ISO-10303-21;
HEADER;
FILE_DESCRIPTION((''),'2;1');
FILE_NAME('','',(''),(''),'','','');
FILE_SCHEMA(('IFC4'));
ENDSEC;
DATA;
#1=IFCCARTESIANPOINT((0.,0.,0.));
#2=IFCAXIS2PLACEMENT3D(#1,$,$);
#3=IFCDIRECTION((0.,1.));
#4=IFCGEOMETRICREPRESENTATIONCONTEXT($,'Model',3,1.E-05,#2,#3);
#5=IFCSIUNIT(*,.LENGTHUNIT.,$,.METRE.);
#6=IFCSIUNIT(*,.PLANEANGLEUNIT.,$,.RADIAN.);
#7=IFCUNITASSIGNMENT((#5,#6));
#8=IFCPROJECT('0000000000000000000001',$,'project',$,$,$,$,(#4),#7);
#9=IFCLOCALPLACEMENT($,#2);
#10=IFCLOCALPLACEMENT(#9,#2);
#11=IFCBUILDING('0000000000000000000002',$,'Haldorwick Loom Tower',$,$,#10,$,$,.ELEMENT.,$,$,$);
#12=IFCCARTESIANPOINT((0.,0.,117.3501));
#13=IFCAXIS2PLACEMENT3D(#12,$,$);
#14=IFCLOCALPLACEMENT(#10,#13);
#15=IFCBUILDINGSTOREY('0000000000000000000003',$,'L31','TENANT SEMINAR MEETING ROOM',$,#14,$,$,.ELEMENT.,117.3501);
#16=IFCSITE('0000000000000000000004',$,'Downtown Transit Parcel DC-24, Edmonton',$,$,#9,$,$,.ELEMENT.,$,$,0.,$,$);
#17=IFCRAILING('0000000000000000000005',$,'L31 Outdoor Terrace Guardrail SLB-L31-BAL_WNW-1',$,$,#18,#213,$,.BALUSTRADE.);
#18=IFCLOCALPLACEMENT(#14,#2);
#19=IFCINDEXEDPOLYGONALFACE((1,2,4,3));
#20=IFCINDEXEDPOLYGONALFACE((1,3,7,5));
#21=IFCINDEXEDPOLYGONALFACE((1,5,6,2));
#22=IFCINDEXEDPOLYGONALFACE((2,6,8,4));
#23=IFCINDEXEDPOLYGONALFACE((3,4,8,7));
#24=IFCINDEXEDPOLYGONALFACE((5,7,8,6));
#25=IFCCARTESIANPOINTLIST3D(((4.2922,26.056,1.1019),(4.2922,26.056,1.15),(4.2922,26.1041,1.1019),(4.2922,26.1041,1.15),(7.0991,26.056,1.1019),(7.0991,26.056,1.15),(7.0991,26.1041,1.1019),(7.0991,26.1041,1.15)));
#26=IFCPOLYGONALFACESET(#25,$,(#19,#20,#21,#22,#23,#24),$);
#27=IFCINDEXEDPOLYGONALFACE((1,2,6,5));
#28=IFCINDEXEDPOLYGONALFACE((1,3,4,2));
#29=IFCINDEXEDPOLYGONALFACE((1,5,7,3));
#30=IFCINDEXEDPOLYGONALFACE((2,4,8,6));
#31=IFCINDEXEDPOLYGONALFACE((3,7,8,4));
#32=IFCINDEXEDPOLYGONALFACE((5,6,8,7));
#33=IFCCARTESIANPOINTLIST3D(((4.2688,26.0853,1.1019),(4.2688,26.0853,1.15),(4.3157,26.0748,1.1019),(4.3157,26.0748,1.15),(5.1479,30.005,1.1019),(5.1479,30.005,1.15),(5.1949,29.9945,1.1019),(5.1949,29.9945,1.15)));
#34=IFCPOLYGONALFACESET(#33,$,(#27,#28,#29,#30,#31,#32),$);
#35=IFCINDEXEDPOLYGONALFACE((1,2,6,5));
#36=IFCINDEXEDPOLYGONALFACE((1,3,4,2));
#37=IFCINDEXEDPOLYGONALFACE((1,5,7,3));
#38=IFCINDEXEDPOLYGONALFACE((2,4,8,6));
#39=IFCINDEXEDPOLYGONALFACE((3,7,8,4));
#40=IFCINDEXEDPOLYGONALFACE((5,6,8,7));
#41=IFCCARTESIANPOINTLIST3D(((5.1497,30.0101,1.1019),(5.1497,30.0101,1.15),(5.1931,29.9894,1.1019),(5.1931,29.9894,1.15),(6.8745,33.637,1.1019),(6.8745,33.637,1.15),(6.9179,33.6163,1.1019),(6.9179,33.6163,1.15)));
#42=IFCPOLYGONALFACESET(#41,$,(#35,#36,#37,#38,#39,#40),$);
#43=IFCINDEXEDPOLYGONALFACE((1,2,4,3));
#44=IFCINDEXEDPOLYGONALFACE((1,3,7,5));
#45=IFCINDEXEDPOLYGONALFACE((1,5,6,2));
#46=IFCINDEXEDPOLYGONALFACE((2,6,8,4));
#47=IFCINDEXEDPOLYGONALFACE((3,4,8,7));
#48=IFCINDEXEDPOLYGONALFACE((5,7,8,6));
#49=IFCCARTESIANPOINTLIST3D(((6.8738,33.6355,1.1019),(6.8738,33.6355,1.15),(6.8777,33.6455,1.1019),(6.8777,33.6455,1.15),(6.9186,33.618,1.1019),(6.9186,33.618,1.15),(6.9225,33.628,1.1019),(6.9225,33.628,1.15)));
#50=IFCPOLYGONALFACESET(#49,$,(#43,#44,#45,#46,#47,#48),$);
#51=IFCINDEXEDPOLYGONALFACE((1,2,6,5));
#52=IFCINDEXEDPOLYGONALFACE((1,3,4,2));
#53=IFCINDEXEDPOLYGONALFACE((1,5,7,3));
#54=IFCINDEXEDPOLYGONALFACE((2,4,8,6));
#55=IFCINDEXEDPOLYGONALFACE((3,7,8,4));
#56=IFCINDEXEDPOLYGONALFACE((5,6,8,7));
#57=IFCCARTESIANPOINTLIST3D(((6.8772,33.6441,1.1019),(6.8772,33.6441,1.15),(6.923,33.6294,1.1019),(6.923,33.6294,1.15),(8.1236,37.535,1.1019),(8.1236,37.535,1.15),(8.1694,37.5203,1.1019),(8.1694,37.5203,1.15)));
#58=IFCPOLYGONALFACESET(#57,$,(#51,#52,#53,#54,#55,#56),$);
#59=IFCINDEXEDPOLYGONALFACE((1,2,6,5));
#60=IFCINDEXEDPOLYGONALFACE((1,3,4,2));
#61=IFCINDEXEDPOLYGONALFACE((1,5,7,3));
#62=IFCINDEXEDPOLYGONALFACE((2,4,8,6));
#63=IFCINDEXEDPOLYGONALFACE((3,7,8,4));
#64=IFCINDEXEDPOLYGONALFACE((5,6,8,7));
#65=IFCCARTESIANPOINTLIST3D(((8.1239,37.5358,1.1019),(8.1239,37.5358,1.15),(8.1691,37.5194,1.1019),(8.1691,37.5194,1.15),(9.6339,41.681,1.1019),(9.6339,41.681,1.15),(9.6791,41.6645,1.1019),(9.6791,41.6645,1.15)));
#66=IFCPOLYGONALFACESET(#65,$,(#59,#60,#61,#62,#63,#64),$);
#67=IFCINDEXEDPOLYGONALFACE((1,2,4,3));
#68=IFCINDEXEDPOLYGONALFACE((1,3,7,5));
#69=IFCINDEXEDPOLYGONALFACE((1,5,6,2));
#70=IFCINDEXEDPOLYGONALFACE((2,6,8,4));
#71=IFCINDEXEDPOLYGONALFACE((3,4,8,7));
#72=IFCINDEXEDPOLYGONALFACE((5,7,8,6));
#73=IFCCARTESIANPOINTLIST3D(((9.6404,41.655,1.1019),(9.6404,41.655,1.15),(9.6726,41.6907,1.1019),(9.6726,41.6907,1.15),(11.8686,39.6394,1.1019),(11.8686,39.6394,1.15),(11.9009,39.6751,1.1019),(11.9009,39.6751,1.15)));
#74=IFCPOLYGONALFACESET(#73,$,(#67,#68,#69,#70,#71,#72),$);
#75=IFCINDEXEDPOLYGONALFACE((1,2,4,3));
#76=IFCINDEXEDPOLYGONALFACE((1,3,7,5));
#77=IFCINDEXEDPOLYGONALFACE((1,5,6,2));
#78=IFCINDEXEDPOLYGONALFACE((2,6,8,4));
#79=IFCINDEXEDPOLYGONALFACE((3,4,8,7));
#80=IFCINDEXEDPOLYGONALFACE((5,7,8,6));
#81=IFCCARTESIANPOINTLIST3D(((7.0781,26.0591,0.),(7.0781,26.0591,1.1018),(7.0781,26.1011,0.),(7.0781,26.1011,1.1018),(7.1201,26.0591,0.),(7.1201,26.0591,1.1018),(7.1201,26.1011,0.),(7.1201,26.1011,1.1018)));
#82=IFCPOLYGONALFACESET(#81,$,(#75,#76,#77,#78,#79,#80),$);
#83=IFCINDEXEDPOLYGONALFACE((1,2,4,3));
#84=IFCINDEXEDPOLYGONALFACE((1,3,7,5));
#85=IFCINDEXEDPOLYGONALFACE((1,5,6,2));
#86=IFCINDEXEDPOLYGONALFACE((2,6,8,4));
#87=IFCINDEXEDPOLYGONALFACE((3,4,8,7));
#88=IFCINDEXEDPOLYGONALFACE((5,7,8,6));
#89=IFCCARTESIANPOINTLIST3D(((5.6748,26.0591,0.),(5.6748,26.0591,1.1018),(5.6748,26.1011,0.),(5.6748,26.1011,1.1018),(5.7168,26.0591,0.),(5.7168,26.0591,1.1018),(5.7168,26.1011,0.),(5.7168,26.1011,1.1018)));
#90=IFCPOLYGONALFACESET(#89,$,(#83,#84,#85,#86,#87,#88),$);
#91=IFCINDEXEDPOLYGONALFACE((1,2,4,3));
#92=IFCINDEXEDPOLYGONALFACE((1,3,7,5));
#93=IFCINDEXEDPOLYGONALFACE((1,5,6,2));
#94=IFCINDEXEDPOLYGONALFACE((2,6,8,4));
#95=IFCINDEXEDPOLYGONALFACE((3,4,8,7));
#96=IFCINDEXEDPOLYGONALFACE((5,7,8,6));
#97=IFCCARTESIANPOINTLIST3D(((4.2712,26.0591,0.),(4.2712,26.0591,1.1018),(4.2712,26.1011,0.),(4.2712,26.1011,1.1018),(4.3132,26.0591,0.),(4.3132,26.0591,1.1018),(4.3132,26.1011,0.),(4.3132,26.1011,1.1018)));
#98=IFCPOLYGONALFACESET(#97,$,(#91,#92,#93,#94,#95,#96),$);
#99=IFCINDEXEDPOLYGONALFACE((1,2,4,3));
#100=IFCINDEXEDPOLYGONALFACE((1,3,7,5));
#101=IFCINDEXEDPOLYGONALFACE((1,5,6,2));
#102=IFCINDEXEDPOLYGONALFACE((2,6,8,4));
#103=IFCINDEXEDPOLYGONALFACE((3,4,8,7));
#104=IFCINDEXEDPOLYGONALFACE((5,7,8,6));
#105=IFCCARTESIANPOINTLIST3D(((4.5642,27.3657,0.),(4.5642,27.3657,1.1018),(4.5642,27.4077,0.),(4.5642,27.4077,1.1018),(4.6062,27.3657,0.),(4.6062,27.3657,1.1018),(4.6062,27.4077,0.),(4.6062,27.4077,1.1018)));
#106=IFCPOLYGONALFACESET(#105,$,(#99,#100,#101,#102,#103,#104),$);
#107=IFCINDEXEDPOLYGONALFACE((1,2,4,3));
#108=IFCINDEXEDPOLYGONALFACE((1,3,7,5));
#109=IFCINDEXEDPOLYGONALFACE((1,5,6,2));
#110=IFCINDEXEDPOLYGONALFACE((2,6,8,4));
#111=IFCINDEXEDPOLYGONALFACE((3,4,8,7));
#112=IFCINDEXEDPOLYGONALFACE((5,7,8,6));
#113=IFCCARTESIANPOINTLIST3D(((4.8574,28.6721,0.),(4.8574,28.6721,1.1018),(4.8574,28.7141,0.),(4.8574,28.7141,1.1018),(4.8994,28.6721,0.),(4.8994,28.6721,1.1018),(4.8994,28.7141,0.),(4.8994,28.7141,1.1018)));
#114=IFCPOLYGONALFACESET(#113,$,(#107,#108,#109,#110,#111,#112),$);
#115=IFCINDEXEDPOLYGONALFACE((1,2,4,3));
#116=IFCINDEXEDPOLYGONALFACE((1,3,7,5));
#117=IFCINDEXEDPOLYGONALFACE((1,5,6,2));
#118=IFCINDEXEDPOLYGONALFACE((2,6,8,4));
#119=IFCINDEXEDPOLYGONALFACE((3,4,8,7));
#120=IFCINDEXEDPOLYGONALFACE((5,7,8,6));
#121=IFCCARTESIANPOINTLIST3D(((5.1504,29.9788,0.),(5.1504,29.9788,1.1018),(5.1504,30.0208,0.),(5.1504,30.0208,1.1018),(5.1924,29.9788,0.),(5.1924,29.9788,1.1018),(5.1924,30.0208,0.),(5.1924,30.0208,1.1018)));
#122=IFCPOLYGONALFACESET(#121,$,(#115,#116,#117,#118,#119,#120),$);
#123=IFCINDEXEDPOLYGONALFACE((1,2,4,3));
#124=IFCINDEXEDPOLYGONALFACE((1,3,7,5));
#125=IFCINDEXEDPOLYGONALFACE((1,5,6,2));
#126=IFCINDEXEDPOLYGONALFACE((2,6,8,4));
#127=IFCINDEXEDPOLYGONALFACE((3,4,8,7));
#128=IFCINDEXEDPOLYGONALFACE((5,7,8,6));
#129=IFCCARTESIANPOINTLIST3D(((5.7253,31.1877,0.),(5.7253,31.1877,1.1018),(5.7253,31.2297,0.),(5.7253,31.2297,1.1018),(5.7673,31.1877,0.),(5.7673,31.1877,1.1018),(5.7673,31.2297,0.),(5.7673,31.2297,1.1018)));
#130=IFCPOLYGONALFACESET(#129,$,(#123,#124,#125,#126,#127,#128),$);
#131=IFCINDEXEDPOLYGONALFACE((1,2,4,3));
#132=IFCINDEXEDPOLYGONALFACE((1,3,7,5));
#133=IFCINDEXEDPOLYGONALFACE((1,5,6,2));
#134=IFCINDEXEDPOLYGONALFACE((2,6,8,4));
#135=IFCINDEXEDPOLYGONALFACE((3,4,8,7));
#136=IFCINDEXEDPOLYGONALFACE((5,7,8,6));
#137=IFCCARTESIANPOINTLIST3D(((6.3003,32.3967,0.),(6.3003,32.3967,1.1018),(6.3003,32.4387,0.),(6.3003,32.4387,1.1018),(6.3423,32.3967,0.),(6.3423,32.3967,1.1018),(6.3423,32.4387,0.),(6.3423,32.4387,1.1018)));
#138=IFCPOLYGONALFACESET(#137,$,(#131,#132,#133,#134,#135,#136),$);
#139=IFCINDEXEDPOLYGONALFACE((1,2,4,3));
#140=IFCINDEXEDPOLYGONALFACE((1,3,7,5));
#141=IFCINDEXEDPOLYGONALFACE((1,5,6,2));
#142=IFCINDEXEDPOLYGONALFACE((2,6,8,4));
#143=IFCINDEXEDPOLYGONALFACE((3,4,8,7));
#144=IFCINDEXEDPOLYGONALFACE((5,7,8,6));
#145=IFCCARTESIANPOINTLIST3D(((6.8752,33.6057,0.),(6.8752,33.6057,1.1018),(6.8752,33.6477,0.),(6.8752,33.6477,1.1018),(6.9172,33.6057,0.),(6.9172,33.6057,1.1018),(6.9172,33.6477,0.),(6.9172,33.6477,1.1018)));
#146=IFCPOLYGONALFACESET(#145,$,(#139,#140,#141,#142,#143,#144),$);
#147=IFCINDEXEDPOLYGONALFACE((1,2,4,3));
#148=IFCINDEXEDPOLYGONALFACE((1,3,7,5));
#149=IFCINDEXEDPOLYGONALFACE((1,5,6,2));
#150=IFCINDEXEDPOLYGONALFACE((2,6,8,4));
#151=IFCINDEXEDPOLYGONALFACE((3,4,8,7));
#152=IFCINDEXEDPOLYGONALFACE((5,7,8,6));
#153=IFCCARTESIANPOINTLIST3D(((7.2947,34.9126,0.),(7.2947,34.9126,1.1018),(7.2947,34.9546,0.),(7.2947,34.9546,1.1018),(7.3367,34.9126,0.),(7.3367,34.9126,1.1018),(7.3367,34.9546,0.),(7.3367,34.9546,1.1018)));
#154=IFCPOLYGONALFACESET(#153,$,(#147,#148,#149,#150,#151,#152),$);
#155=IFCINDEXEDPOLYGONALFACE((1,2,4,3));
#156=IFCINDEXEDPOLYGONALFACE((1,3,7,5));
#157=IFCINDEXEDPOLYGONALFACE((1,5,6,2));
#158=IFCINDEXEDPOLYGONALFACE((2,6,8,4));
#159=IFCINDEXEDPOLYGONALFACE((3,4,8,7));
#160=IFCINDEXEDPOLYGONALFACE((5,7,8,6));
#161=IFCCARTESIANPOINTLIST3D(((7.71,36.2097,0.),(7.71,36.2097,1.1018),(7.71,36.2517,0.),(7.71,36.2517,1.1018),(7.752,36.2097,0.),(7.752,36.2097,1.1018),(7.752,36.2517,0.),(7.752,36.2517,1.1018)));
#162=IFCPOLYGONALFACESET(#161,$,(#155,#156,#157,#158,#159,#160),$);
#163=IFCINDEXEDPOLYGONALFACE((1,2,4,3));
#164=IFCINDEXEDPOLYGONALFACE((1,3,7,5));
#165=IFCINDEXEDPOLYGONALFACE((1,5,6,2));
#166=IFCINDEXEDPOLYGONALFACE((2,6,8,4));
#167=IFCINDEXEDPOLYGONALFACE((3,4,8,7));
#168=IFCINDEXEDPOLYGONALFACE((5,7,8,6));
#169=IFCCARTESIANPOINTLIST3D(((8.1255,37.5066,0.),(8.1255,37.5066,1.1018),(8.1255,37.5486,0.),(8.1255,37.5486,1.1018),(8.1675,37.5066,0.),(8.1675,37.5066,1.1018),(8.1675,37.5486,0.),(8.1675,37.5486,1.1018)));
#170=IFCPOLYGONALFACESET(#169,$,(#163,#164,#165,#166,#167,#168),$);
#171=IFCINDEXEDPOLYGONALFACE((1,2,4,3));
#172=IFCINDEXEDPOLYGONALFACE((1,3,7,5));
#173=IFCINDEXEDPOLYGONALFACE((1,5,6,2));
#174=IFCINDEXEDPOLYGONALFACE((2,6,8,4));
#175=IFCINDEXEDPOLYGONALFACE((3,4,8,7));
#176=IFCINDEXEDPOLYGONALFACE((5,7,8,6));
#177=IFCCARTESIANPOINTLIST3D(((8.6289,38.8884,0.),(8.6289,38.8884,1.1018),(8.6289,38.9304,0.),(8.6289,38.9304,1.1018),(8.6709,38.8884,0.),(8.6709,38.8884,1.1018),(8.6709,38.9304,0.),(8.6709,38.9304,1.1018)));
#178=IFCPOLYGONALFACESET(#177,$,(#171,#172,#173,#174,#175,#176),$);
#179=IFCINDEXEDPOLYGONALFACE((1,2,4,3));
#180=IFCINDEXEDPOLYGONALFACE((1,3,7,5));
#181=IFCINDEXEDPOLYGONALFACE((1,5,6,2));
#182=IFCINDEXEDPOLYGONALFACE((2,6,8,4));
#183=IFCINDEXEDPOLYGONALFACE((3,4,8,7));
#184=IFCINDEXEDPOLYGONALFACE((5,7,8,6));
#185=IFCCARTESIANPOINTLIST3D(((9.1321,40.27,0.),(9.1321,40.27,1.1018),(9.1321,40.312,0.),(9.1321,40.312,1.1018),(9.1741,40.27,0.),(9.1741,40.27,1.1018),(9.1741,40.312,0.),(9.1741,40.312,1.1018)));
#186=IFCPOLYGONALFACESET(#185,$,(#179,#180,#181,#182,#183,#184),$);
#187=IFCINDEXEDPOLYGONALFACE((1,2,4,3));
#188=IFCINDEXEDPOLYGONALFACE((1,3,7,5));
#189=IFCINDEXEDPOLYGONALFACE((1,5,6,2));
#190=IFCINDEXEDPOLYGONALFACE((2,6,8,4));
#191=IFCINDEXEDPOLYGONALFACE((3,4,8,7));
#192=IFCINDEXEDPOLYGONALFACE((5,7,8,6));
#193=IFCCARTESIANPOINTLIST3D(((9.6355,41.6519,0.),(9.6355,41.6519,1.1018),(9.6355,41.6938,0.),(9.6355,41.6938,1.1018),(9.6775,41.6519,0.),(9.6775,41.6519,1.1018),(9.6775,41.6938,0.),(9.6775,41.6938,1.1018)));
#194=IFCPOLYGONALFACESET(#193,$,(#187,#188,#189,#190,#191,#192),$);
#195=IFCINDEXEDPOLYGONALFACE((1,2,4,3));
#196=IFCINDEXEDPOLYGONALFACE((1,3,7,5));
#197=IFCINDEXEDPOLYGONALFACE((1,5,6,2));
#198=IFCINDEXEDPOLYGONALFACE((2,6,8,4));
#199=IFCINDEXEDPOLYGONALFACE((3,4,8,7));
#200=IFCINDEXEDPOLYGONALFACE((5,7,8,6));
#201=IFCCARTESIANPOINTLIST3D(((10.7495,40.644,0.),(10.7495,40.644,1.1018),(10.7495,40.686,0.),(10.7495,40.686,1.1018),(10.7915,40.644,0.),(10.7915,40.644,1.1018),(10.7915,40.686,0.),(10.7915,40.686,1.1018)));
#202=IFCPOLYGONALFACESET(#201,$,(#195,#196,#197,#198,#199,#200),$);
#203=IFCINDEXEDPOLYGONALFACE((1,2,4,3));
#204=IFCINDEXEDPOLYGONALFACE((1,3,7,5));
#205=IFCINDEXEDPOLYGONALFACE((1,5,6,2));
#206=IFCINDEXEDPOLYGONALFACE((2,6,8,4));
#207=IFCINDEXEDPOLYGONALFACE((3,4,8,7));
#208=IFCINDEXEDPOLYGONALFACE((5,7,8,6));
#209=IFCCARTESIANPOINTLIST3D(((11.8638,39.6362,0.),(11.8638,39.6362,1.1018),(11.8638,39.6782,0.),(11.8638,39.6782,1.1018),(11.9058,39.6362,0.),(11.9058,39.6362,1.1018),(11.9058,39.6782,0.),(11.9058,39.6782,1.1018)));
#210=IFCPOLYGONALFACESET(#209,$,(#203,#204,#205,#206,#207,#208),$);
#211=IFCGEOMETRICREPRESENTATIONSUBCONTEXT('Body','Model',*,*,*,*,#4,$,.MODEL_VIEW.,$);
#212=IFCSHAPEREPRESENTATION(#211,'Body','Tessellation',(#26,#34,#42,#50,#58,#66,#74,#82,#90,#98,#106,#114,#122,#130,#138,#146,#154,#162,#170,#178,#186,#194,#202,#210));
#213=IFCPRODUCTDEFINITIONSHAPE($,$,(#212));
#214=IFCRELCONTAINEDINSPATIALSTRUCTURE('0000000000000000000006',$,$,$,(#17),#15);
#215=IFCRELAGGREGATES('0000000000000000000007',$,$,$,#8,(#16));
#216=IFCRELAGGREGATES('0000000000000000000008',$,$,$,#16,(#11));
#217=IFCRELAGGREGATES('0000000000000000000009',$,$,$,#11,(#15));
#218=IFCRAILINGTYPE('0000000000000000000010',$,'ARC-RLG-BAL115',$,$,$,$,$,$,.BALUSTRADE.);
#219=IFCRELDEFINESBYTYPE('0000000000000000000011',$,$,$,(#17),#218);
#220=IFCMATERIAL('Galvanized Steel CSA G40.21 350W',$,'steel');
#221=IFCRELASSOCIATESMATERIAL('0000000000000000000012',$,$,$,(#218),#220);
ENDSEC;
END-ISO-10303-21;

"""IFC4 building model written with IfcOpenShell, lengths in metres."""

from ifc_helpers import new_model, si_unit, direction, frame, origin, origin_2d, place, context, subcontext, project, spatial, rectangle, extrude, material, type_object, element, save


model = new_model("IFC4")

# Units and contexts
model_context = context("Model", 3, precision=1e-05, world=origin(), true_north=direction((0.0, 1.0)))
body_context = subcontext(model_context, "Body", "Model", "MODEL_VIEW")
ifc_project = project(units=[si_unit("LENGTHUNIT", "METRE"), si_unit("PLANEANGLEUNIT", "RADIAN")], contexts=[model_context])

# Site, building, storey
site_placement = place(None, origin())
site = spatial("IfcSite", under=ifc_project, at=site_placement, Name="Downtown Transit Parcel DC-24, Edmonton", CompositionType="ELEMENT", RefElevation=0.0)
building_placement = place(site_placement, origin())
building = spatial("IfcBuilding", under=site, at=building_placement, Name="Haldorwick Loom Tower", CompositionType="ELEMENT")
storey_placement = place(building_placement, frame((0.0, 0.0, 117.3501)))
storey = spatial("IfcBuildingStorey", under=building, at=storey_placement, Name="L31", Description="TENANT SEMINAR MEETING ROOM", CompositionType="ELEMENT", Elevation=117.3501)

# Railing
ifc_material_1 = material(Name="Galvanized Steel CSA G40.21 350W", Category="steel")
railing_type = type_object("IfcRailingType", Name="ARC-RLG-BAL115", PredefinedType="BALUSTRADE", material=ifc_material_1)
railing_placement = place(storey_placement, frame((7.0991, 26.0801, 0.0)))
element("IfcRailing", 1, at=railing_placement, inside=storey, type_object=railing_type, Name="L31 Outdoor Terrace Guardrail SLB-L31-BAL_WNW-1", PredefinedType="BALUSTRADE", context=body_context, shape_type="SweptSolid", body=[
    extrude(rectangle(XDim=0.0481, YDim=0.0481, at=origin_2d()), frame((0.0, 0.0, 1.126), z_axis=(-1.0, 0.0, 0.0), x_axis=(0.0, -1.0, 0.0)), (0.0, 0.0, 1.0), 2.8069),
    extrude(rectangle(XDim=0.0481, YDim=0.0481, at=origin_2d()), frame((-2.8069, 0.0, 1.126), z_axis=(0.218854, 0.975758, 0.0), x_axis=(-0.975758, 0.218854, 0.0)), (0.0, 0.0, 1.0), 4.0171),
    extrude(rectangle(XDim=0.0481, YDim=0.0481, at=origin_2d()), frame((-1.9277, 3.9197, 1.126), z_axis=(0.429473, 0.90308, 0.0), x_axis=(-0.90308, 0.429473, 0.0)), (0.0, 0.0, 1.0), 4.0161),
    extrude(rectangle(XDim=0.0481, YDim=0.0481, at=origin_2d()), frame((-0.2029, 7.5466, 1.126), z_axis=(0.363542, 0.931578, 0.0), x_axis=(-0.931578, 0.363542, 0.0)), (0.0, 0.0, 1.0), 0.0107),
    extrude(rectangle(XDim=0.0481, YDim=0.0481, at=origin_2d()), frame((-0.199, 7.5566, 1.126), z_axis=(0.305055, 0.952335, 0.0), x_axis=(-0.952335, 0.305055, 0.0)), (0.0, 0.0, 1.0), 4.0857),
    extrude(rectangle(XDim=0.0481, YDim=0.0481, at=origin_2d()), frame((1.0474, 11.4475, 1.126), z_axis=(0.342272, 0.939601, 0.0), x_axis=(-0.939601, 0.342272, 0.0)), (0.0, 0.0, 1.0), 4.4116),
    extrude(rectangle(XDim=0.0481, YDim=0.0481, at=origin_2d()), frame((2.5574, 15.5928, 1.126), z_axis=(0.741607, -0.670835, 0.0), x_axis=(0.670835, 0.741607, 0.0)), (0.0, 0.0, 1.0), 3.0046),
    extrude(rectangle(XDim=0.042, YDim=0.042, at=origin_2d()), origin(), (0.0, 0.0, 1.0), 1.1018),
    extrude(rectangle(XDim=0.042, YDim=0.042, at=origin_2d()), frame((-1.4033, 0.0, 0.0)), (0.0, 0.0, 1.0), 1.1018),
    extrude(rectangle(XDim=0.042, YDim=0.042, at=origin_2d()), frame((-2.8069, 0.0, 0.0)), (0.0, 0.0, 1.0), 1.1018),
    extrude(rectangle(XDim=0.042, YDim=0.042, at=origin_2d()), frame((-2.5139, 1.3066, 0.0)), (0.0, 0.0, 1.0), 1.1018),
    extrude(rectangle(XDim=0.042, YDim=0.042, at=origin_2d()), frame((-2.2207, 2.613, 0.0)), (0.0, 0.0, 1.0), 1.1018),
    extrude(rectangle(XDim=0.042, YDim=0.042, at=origin_2d()), frame((-1.9277, 3.9197, 0.0)), (0.0, 0.0, 1.0), 1.1018),
    extrude(rectangle(XDim=0.042, YDim=0.042, at=origin_2d()), frame((-1.3528, 5.1287, 0.0)), (0.0, 0.0, 1.0), 1.1018),
    extrude(rectangle(XDim=0.042, YDim=0.042, at=origin_2d()), frame((-0.7778, 6.3376, 0.0)), (0.0, 0.0, 1.0), 1.1018),
    extrude(rectangle(XDim=0.042, YDim=0.042, at=origin_2d()), frame((-0.2029, 7.5466, 0.0)), (0.0, 0.0, 1.0), 1.1018),
    extrude(rectangle(XDim=0.042, YDim=0.042, at=origin_2d()), frame((0.2166, 8.8535, 0.0)), (0.0, 0.0, 1.0), 1.1018),
    extrude(rectangle(XDim=0.042, YDim=0.042, at=origin_2d()), frame((0.6318, 10.1506, 0.0)), (0.0, 0.0, 1.0), 1.1018),
    extrude(rectangle(XDim=0.042, YDim=0.042, at=origin_2d()), frame((1.0474, 11.4475, 0.0)), (0.0, 0.0, 1.0), 1.1018),
    extrude(rectangle(XDim=0.042, YDim=0.042, at=origin_2d()), frame((1.5508, 12.8293, 0.0)), (0.0, 0.0, 1.0), 1.1018),
    extrude(rectangle(XDim=0.042, YDim=0.042, at=origin_2d()), frame((2.054, 14.2109, 0.0)), (0.0, 0.0, 1.0), 1.1018),
    extrude(rectangle(XDim=0.042, YDim=0.042, at=origin_2d()), frame((2.5574, 15.5928, 0.0)), (0.0, 0.0, 1.0), 1.1018),
    extrude(rectangle(XDim=0.042, YDim=0.042, at=origin_2d()), frame((3.6714, 14.585, 0.0)), (0.0, 0.0, 1.0), 1.1018),
    extrude(rectangle(XDim=0.042, YDim=0.042, at=origin_2d()), frame((4.7856, 13.5771, 0.0)), (0.0, 0.0, 1.0), 1.1018),
])

save(model, "model.ifc")
